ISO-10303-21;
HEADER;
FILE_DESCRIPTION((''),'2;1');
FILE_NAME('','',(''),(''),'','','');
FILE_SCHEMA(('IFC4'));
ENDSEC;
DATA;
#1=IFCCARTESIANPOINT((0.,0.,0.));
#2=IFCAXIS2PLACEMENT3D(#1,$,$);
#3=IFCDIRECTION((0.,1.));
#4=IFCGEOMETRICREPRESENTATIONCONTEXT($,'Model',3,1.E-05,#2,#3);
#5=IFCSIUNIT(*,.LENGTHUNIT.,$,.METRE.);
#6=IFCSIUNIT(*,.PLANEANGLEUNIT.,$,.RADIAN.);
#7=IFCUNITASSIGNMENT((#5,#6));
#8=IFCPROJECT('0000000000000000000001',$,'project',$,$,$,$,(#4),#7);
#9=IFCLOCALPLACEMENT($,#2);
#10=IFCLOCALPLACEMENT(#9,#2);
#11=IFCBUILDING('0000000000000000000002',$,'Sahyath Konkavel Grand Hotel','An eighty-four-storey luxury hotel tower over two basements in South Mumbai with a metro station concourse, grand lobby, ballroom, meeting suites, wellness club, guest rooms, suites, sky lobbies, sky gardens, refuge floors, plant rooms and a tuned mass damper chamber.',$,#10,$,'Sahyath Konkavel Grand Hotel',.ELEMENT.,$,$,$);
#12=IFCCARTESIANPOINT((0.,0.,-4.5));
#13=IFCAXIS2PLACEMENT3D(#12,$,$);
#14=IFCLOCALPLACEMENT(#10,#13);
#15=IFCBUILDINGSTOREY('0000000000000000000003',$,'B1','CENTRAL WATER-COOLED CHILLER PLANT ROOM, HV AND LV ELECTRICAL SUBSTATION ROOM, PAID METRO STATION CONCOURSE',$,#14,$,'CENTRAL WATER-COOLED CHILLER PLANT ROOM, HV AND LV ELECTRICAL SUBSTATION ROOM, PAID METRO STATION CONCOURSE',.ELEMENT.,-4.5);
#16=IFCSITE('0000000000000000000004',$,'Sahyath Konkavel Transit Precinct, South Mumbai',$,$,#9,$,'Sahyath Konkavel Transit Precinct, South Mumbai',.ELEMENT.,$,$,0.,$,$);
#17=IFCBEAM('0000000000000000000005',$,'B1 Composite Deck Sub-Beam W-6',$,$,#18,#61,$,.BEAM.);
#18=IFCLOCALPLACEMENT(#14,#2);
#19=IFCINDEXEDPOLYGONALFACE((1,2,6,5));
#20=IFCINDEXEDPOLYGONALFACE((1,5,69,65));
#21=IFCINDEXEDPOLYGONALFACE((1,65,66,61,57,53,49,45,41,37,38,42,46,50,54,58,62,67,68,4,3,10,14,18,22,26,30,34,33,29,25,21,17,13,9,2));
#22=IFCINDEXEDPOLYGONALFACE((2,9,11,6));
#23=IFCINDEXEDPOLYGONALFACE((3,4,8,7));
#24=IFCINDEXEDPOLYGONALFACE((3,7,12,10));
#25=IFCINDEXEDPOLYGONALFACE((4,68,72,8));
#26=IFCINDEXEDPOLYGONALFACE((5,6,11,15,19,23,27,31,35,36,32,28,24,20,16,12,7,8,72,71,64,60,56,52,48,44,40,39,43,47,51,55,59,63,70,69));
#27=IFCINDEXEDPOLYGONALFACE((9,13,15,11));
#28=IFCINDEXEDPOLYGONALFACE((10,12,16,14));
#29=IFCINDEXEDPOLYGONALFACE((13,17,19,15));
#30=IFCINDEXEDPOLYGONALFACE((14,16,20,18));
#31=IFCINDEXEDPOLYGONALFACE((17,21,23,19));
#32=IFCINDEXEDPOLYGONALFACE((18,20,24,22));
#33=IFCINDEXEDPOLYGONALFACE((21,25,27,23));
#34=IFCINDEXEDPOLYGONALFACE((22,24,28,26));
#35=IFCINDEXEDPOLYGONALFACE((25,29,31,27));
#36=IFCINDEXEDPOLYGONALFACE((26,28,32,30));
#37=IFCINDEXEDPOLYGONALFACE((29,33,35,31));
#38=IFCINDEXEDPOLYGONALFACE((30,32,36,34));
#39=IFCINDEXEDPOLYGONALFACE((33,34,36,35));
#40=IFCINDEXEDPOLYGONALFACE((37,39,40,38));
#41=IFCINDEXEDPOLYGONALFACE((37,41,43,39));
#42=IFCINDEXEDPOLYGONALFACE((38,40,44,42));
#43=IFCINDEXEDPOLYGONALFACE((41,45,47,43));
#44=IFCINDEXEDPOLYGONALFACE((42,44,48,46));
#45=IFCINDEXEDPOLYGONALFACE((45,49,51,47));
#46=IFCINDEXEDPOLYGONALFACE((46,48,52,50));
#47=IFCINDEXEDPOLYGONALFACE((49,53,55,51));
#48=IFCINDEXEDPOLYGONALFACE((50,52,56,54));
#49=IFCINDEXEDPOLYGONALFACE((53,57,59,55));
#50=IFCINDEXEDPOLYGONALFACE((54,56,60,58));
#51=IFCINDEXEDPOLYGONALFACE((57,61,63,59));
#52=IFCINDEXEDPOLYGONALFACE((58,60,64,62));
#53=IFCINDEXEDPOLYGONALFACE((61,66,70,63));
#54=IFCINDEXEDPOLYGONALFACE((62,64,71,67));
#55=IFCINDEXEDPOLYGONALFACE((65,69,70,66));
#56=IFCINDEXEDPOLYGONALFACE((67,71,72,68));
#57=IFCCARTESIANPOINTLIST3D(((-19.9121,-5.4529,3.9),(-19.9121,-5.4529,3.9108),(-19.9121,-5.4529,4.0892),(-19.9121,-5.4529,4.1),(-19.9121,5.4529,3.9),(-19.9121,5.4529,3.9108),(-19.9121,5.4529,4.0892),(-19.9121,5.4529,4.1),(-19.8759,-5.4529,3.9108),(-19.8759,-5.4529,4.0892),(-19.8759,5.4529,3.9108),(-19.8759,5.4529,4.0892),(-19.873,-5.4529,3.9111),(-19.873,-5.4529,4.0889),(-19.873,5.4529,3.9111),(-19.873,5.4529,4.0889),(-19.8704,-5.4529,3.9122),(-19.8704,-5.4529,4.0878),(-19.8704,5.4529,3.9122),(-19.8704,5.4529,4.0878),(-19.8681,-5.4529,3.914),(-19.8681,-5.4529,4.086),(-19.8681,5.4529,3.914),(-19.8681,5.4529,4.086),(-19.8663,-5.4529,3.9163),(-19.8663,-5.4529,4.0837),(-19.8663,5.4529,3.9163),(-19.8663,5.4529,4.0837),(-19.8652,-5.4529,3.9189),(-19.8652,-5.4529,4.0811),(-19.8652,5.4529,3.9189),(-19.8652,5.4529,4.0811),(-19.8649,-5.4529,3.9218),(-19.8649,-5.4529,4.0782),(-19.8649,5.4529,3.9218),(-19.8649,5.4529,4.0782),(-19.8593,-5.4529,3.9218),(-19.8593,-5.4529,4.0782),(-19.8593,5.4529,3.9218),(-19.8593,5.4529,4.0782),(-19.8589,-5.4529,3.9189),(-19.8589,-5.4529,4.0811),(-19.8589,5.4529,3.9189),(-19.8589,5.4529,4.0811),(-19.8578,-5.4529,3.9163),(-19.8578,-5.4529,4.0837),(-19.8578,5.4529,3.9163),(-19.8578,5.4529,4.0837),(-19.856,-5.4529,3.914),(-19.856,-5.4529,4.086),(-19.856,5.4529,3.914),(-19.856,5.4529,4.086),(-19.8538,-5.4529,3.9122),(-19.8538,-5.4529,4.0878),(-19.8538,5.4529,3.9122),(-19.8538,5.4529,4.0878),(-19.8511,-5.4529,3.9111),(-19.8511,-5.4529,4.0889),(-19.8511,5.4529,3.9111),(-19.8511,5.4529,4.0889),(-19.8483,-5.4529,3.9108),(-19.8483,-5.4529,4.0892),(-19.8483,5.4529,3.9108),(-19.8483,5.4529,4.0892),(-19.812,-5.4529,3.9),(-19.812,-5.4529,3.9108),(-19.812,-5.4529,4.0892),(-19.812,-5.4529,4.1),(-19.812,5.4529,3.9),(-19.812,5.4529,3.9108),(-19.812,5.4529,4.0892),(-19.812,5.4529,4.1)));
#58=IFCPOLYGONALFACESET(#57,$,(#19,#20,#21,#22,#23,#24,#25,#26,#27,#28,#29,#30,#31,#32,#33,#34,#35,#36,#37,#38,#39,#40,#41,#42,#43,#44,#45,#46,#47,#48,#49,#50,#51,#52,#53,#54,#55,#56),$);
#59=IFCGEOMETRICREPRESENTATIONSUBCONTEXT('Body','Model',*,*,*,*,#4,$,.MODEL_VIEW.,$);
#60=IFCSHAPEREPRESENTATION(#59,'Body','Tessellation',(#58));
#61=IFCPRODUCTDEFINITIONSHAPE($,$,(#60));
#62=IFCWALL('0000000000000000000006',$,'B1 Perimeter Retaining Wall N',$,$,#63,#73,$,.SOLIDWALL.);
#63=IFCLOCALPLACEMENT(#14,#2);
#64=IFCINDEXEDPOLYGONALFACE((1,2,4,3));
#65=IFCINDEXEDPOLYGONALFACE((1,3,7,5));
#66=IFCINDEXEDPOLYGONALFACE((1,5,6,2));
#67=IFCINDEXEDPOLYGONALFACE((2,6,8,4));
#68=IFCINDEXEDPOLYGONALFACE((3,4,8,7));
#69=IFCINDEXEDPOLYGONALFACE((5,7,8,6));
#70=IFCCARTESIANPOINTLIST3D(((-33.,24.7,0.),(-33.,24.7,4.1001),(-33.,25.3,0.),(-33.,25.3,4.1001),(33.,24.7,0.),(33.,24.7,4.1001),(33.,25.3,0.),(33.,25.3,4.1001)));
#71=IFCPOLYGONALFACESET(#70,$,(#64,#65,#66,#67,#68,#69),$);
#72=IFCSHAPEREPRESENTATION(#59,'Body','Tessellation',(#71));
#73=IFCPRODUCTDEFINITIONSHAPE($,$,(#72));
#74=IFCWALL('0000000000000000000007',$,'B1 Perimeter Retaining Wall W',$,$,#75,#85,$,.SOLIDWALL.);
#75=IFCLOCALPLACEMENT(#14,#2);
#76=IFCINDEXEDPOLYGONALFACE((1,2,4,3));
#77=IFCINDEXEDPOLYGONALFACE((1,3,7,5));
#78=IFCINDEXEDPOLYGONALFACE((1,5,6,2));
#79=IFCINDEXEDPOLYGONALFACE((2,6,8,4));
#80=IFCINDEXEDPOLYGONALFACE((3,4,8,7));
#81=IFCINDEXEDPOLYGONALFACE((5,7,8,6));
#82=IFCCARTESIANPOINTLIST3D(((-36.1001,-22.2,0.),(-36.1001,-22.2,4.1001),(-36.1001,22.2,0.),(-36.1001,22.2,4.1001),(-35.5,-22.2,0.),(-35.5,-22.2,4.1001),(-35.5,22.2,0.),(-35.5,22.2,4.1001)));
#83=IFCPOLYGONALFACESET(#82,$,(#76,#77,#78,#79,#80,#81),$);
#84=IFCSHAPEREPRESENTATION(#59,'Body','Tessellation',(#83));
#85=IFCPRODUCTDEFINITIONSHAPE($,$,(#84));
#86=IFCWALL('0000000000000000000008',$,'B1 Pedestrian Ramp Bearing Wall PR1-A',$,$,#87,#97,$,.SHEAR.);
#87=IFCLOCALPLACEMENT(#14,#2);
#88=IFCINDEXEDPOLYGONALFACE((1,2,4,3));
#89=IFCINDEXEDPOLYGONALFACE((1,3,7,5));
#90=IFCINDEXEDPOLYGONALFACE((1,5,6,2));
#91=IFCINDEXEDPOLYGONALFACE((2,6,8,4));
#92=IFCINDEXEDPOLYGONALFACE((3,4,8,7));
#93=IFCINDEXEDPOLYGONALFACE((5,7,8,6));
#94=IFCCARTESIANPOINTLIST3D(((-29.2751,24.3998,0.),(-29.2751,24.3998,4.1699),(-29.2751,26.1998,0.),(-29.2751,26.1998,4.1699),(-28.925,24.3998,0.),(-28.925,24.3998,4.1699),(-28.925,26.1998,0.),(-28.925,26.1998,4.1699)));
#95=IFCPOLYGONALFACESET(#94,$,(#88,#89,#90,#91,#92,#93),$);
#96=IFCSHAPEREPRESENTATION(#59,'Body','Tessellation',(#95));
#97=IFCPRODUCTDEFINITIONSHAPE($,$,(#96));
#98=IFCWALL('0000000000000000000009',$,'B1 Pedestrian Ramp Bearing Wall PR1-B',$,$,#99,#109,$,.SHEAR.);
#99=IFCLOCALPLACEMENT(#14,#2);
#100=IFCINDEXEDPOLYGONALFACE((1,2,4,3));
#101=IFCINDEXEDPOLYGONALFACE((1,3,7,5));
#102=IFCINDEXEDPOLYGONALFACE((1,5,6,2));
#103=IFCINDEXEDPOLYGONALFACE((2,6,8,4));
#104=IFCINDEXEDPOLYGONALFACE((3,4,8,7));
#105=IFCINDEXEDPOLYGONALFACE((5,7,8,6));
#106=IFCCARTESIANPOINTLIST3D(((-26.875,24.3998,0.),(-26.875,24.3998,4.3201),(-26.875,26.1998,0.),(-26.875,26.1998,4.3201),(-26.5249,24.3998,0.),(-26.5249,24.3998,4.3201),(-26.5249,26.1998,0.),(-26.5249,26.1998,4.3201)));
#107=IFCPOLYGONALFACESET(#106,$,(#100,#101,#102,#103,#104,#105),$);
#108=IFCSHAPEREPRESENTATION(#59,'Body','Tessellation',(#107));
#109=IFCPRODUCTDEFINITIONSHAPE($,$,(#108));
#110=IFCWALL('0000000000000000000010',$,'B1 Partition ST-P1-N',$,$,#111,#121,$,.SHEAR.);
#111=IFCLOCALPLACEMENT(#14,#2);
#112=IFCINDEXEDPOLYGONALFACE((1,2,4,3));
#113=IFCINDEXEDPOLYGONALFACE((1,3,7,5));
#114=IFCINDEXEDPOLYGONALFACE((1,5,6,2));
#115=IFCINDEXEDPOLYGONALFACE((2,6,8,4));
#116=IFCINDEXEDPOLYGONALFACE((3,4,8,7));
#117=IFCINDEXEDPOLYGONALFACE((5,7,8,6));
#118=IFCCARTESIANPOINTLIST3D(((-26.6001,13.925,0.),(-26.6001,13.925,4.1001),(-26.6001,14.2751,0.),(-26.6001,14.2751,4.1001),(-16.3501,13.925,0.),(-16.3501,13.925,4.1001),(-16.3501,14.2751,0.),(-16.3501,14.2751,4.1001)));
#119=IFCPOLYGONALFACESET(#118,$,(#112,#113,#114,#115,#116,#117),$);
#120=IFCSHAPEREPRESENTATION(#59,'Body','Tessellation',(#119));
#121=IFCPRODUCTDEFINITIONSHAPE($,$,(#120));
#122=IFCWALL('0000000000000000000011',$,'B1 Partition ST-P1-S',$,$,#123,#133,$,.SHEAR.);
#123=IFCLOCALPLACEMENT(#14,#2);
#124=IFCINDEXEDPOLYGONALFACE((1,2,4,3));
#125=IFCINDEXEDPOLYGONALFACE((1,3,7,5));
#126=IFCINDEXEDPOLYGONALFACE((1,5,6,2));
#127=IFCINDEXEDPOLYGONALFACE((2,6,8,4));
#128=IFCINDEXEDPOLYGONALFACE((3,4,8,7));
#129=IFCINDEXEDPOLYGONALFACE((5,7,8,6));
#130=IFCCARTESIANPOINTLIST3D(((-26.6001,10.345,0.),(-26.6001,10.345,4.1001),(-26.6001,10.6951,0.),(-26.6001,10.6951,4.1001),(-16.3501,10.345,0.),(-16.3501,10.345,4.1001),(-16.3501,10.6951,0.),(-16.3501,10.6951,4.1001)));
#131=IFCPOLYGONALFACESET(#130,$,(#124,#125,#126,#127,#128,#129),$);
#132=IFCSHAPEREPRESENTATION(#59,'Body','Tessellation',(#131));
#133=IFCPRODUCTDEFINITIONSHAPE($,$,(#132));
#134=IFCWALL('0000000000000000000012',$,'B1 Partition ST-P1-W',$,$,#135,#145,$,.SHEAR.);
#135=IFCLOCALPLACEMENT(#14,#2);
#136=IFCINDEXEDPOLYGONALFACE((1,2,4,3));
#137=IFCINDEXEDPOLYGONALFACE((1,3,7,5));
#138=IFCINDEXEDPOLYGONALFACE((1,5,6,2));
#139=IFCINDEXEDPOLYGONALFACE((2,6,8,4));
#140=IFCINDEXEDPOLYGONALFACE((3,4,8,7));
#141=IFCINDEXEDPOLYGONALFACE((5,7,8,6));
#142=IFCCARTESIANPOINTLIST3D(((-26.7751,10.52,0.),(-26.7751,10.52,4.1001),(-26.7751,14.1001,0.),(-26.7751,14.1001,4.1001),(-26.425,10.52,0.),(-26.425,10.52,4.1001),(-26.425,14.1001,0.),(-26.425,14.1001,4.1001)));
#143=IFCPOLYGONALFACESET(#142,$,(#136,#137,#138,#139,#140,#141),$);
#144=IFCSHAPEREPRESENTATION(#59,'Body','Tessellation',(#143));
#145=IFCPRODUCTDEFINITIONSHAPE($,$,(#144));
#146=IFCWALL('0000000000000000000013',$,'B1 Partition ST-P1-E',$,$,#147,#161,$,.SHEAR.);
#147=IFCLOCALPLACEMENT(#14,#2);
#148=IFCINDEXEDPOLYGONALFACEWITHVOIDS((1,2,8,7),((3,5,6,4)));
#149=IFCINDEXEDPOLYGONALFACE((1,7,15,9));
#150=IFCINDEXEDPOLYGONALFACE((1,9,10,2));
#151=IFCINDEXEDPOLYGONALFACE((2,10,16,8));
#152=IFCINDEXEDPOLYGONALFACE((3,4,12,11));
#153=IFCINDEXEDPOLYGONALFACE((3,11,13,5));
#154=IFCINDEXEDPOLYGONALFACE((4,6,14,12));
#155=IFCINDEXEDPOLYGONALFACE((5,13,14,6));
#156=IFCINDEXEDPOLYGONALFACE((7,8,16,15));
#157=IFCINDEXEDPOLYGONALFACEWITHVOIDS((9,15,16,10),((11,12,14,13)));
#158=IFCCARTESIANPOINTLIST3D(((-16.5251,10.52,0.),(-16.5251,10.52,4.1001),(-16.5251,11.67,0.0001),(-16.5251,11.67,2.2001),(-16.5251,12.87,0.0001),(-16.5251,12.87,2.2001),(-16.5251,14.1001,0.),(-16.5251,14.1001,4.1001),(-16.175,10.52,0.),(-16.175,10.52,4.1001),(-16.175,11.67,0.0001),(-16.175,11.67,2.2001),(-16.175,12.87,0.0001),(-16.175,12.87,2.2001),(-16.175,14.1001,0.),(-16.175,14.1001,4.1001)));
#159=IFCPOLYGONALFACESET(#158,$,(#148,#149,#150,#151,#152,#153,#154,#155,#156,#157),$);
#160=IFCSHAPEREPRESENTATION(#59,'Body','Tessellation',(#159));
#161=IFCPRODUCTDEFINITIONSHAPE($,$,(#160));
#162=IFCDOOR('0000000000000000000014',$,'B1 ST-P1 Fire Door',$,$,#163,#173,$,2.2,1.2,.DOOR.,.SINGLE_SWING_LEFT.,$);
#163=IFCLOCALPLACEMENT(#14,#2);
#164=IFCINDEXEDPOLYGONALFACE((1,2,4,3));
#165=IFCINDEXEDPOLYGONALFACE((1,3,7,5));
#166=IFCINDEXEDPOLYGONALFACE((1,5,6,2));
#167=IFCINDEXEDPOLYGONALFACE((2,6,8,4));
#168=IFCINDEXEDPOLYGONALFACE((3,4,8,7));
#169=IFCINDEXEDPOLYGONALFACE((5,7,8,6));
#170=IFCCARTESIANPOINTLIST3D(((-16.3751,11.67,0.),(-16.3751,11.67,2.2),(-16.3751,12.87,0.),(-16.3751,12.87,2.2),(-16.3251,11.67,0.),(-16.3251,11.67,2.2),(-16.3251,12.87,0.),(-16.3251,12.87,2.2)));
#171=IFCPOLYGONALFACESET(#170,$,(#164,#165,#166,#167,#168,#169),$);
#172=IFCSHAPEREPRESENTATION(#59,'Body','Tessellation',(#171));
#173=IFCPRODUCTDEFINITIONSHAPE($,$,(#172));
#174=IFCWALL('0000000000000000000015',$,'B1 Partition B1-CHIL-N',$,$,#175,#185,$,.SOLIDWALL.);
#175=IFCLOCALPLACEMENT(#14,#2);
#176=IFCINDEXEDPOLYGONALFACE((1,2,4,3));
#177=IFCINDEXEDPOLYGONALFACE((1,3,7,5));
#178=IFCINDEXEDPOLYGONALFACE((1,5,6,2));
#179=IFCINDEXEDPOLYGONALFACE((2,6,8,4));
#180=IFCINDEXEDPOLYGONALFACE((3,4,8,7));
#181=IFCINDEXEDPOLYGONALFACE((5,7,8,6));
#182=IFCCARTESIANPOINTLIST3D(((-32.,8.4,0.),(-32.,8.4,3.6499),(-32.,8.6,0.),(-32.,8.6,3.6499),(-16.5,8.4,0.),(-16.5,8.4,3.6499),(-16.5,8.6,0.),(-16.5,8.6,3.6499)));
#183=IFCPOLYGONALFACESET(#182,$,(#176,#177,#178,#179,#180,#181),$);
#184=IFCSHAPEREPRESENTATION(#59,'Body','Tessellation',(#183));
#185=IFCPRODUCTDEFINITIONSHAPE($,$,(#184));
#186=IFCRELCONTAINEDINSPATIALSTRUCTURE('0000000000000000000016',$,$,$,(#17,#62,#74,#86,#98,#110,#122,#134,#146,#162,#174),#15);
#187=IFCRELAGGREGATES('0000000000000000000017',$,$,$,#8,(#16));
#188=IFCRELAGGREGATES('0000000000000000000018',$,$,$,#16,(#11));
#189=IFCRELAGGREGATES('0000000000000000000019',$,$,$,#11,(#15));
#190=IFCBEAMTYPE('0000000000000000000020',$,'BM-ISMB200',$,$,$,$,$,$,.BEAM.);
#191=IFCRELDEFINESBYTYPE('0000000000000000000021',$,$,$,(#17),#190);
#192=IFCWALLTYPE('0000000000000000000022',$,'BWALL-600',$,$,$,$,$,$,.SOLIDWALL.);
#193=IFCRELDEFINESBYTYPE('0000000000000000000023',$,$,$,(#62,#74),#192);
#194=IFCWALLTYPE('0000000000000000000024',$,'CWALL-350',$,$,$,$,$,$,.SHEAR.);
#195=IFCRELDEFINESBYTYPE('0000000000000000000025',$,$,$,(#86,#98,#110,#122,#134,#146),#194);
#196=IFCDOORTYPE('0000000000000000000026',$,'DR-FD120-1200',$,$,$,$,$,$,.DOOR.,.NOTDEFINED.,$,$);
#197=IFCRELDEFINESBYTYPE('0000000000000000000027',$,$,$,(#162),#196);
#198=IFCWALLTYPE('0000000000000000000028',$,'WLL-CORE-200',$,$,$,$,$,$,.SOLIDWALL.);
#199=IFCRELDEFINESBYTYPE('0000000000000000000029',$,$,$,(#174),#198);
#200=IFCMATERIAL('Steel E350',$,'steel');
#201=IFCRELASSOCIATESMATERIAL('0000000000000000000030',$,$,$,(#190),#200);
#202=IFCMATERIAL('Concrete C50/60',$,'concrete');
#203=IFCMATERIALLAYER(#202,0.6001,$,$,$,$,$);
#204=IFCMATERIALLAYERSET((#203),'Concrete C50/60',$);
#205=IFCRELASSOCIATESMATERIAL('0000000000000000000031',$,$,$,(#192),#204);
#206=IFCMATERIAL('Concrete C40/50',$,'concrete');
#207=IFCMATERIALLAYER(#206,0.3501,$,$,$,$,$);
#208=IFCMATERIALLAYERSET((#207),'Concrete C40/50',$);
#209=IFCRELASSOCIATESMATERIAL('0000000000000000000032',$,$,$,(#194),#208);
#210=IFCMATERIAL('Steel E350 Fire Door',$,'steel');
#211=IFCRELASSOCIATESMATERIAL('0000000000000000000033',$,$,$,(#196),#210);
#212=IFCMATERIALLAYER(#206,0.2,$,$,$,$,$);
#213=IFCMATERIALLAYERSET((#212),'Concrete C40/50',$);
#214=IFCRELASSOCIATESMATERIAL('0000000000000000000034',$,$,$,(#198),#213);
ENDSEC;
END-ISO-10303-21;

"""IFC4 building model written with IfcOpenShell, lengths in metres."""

from ifc_helpers import new_model, si_unit, direction, frame, frame_2d, origin, origin_2d, place, context, subcontext, project, spatial, rectangle, i_section, extrude, source, transform, mapped, material, layer, layer_set, material_profile, profile_set, type_object, element, fill, save


model = new_model("IFC4")

# Units and contexts
model_context = context("Model", 3, precision=1e-05, world=origin(), true_north=direction((0.0, 1.0)))
body_context = subcontext(model_context, "Body", "Model", "MODEL_VIEW")
ifc_project = project(units=[si_unit("LENGTHUNIT", "METRE"), si_unit("PLANEANGLEUNIT", "RADIAN")], contexts=[model_context])

# Site, building, storey
site_placement = place(None, origin())
site = spatial("IfcSite", under=ifc_project, at=site_placement, Name="Sahyath Konkavel Transit Precinct, South Mumbai", LongName="Sahyath Konkavel Transit Precinct, South Mumbai", CompositionType="ELEMENT", RefElevation=0.0)
building_placement = place(site_placement, origin())
building = spatial("IfcBuilding", under=site, at=building_placement, Name="Sahyath Konkavel Grand Hotel", Description="An eighty-four-storey luxury hotel tower over two basements in South Mumbai with a metro station concourse, grand lobby, ballroom, meeting suites, wellness club, guest rooms, suites, sky lobbies, sky gardens, refuge floors, plant rooms and a tuned mass damper chamber.", LongName="Sahyath Konkavel Grand Hotel", CompositionType="ELEMENT")
storey_placement = place(building_placement, frame((0.0, 0.0, -4.5)))
storey = spatial("IfcBuildingStorey", under=building, at=storey_placement, Name="B1", Description="CENTRAL WATER-COOLED CHILLER PLANT ROOM, HV AND LV ELECTRICAL SUBSTATION ROOM, PAID METRO STATION CONCOURSE", LongName="CENTRAL WATER-COOLED CHILLER PLANT ROOM, HV AND LV ELECTRICAL SUBSTATION ROOM, PAID METRO STATION CONCOURSE", CompositionType="ELEMENT", Elevation=-4.5)

# Shared definitions
ifc_material_1 = material(Name="Concrete C50/60", Category="concrete")

# Beam
ifc_material_2 = material(Name="Steel E350", Category="steel")
ifc_material_profile_1 = material_profile(ifc_material_2, i_section(OverallWidth=0.1001, OverallDepth=0.2, WebThickness=0.0056, FlangeThickness=0.0107, FilletRadius=0.011, at=origin_2d()), Name="ISMB 200")
ifc_profile_set_1 = profile_set([ifc_material_profile_1], Name="Steel E350")
beam_type_1 = type_object("IfcBeamType", Name="BM-ISMB200", PredefinedType="BEAM", material=ifc_profile_set_1)
shared_shape_1 = source(origin(), body_context, "Body", "SweptSolid", [
    extrude(i_section(OverallWidth=0.1001, OverallDepth=0.2, WebThickness=0.0056, FlangeThickness=0.0107, FilletRadius=0.011, at=origin_2d()), origin(), (0.0, 0.0, 1.0), 10.9058),
])
beam_1_placement = place(storey_placement, frame((-19.8621, 5.4529, 4.0), z_axis=(0.0, -1.0, 0.0), x_axis=(1.0, 0.0, 0.0)))
element("IfcBeam", 1, at=beam_1_placement, inside=storey, type_object=beam_type_1, Name="B1 Composite Deck Sub-Beam W-6", PredefinedType="BEAM", context=body_context, shape_type="MappedRepresentation", body=[
    mapped(shared_shape_1, transform((0.0, 0.0, 0.0), scale=1.0)),
])

# Walls
ifc_layer_1 = layer(ifc_material_1, 0.6001)
ifc_layer_set_1 = layer_set([ifc_layer_1], Name="Concrete C50/60")
wall_type_1 = type_object("IfcWallType", Name="BWALL-600", PredefinedType="SOLIDWALL", material=ifc_layer_set_1)
wall_1_placement = place(storey_placement, frame((-33.0, 25.0, 0.0), z_axis=(0.0, 0.0, 1.0), x_axis=(1.0, 0.0, 0.0)))
element("IfcWall", 2, at=wall_1_placement, inside=storey, type_object=wall_type_1, Name="B1 Perimeter Retaining Wall N", PredefinedType="SOLIDWALL", context=body_context, shape_type="SweptSolid", body=[
    extrude(rectangle(XDim=66.0, YDim=0.6001, at=frame_2d((33.0, 0.0))), origin(), (0.0, 0.0, 1.0), 4.1001),
])
wall_2_placement = place(storey_placement, frame((-35.8, 22.2, 0.0), z_axis=(0.0, 0.0, 1.0), x_axis=(0.0, -1.0, 0.0)))
element("IfcWall", 3, at=wall_2_placement, inside=storey, type_object=wall_type_1, Name="B1 Perimeter Retaining Wall W", PredefinedType="SOLIDWALL", context=body_context, shape_type="SweptSolid", body=[
    extrude(rectangle(XDim=44.3999, YDim=0.6001, at=frame_2d((22.2, 0.0))), origin(), (0.0, 0.0, 1.0), 4.1001),
])
ifc_material_3 = material(Name="Concrete C40/50", Category="concrete")
ifc_layer_2 = layer(ifc_material_3, 0.3501)
ifc_layer_set_2 = layer_set([ifc_layer_2], Name="Concrete C40/50")
wall_type_2 = type_object("IfcWallType", Name="CWALL-350", PredefinedType="SHEAR", material=ifc_layer_set_2)
wall_3_placement = place(storey_placement, frame((-29.1001, 24.3999, 0.0), z_axis=(0.0, 0.0, 1.0), x_axis=(0.0, 1.0, 0.0)))
element("IfcWall", 4, at=wall_3_placement, inside=storey, type_object=wall_type_2, Name="B1 Pedestrian Ramp Bearing Wall PR1-A", PredefinedType="SHEAR", context=body_context, shape_type="SweptSolid", body=[
    extrude(rectangle(XDim=1.8, YDim=0.3501, at=frame_2d((0.8999, 0.0))), origin(), (0.0, 0.0, 1.0), 4.1699),
])
wall_4_placement = place(storey_placement, frame((-26.7, 24.3999, 0.0), z_axis=(0.0, 0.0, 1.0), x_axis=(0.0, 1.0, 0.0)))
element("IfcWall", 5, at=wall_4_placement, inside=storey, type_object=wall_type_2, Name="B1 Pedestrian Ramp Bearing Wall PR1-B", PredefinedType="SHEAR", context=body_context, shape_type="SweptSolid", body=[
    extrude(rectangle(XDim=1.8, YDim=0.3501, at=frame_2d((0.8999, 0.0))), origin(), (0.0, 0.0, 1.0), 4.3201),
])
for number, where, z_axis, x_axis, name in (
    (6, (-26.6001, 14.1001, 0.0), (0.0, 0.0, 1.0), (1.0, 0.0, 0.0), "B1 Partition ST-P1-N"),
    (7, (-26.6001, 10.52, 0.0), (0.0, 0.0, 1.0), (1.0, 0.0, 0.0), "B1 Partition ST-P1-S"),
):
    element("IfcWall", number, at=place(storey_placement, frame(where, z_axis=z_axis, x_axis=x_axis)), inside=storey, type_object=wall_type_2, Name=name, PredefinedType="SHEAR", context=body_context, shape_type="SweptSolid", body=[
        extrude(rectangle(XDim=10.25, YDim=0.3501, at=frame_2d((5.125, 0.0))), origin(), (0.0, 0.0, 1.0), 4.1001),
    ])
wall_5_placement = place(storey_placement, frame((-26.6001, 10.52, 0.0), z_axis=(0.0, 0.0, 1.0), x_axis=(0.0, 1.0, 0.0)))
element("IfcWall", 8, at=wall_5_placement, inside=storey, type_object=wall_type_2, Name="B1 Partition ST-P1-W", PredefinedType="SHEAR", context=body_context, shape_type="SweptSolid", body=[
    extrude(rectangle(XDim=3.5801, YDim=0.3501, at=frame_2d((1.79, 0.0))), origin(), (0.0, 0.0, 1.0), 4.1001),
])

# Wall, opening, door
wall_6_placement = place(storey_placement, frame((-16.3501, 10.52, 0.0), z_axis=(0.0, 0.0, 1.0), x_axis=(0.0, 1.0, 0.0)))
wall_6 = element("IfcWall", 9, at=wall_6_placement, inside=storey, type_object=wall_type_2, Name="B1 Partition ST-P1-E", PredefinedType="SHEAR", context=body_context, shape_type="SweptSolid", body=[
    extrude(rectangle(XDim=3.5801, YDim=0.3501, at=frame_2d((1.79, 0.0))), origin(), (0.0, 0.0, 1.0), 4.1001),
])
opening_1_placement = place(wall_6_placement, frame((1.1499, 0.0, 0.0)))
opening_1 = element("IfcOpeningElement", 10, at=opening_1_placement, cuts=wall_6, PredefinedType="OPENING", context=body_context, shape_type="SweptSolid", body=[
    extrude(rectangle(XDim=1.2, YDim=2.2, at=frame_2d((0.6001, 1.1001))), frame((0.0, 0.1851, 0.0), z_axis=(0.0, -1.0, 0.0), x_axis=(1.0, 0.0, 0.0)), (0.0, 0.0, 1.0), 0.3701),
])
ifc_material_4 = material(Name="Steel E350 Fire Door", Category="steel")
door_type_1 = type_object("IfcDoorType", Name="DR-FD120-1200", OperationType="NOTDEFINED", PredefinedType="DOOR", material=ifc_material_4)
shared_shape_2 = source(origin(), body_context, "Body", "SweptSolid", [
    extrude(rectangle(XDim=1.2, YDim=0.05, at=origin_2d()), origin(), (0.0, 0.0, 1.0), 2.2),
])
door_1_placement = place(opening_1_placement, frame((0.6001, 0.0, 0.0)))
door_1 = element("IfcDoor", 11, at=door_1_placement, inside=storey, type_object=door_type_1, Name="B1 ST-P1 Fire Door", OperationType="SINGLE_SWING_LEFT", OverallHeight=2.2, OverallWidth=1.2, PredefinedType="DOOR", context=body_context, shape_type="MappedRepresentation", body=[
    mapped(shared_shape_2, transform((0.0, 0.0, 0.0), scale=1.0)),
])
fill(opening_1, door_1)

# Wall
ifc_layer_3 = layer(ifc_material_3, 0.2)
ifc_layer_set_3 = layer_set([ifc_layer_3], Name="Concrete C40/50")
wall_type_3 = type_object("IfcWallType", Name="WLL-CORE-200", PredefinedType="SOLIDWALL", material=ifc_layer_set_3)
for number, where, z_axis, x_axis, name in (
    (12, (-32.0, 8.5, 0.0), (0.0, 0.0, 1.0), (1.0, 0.0, 0.0), "B1 Partition B1-CHIL-N"),
):
    element("IfcWall", number, at=place(storey_placement, frame(where, z_axis=z_axis, x_axis=x_axis)), inside=storey, type_object=wall_type_3, Name=name, PredefinedType="SOLIDWALL", context=body_context, shape_type="SweptSolid", body=[
        extrude(rectangle(XDim=15.5, YDim=0.2, at=frame_2d((7.75, 0.0))), origin(), (0.0, 0.0, 1.0), 3.6499),
    ])

save(model, "model.ifc")
